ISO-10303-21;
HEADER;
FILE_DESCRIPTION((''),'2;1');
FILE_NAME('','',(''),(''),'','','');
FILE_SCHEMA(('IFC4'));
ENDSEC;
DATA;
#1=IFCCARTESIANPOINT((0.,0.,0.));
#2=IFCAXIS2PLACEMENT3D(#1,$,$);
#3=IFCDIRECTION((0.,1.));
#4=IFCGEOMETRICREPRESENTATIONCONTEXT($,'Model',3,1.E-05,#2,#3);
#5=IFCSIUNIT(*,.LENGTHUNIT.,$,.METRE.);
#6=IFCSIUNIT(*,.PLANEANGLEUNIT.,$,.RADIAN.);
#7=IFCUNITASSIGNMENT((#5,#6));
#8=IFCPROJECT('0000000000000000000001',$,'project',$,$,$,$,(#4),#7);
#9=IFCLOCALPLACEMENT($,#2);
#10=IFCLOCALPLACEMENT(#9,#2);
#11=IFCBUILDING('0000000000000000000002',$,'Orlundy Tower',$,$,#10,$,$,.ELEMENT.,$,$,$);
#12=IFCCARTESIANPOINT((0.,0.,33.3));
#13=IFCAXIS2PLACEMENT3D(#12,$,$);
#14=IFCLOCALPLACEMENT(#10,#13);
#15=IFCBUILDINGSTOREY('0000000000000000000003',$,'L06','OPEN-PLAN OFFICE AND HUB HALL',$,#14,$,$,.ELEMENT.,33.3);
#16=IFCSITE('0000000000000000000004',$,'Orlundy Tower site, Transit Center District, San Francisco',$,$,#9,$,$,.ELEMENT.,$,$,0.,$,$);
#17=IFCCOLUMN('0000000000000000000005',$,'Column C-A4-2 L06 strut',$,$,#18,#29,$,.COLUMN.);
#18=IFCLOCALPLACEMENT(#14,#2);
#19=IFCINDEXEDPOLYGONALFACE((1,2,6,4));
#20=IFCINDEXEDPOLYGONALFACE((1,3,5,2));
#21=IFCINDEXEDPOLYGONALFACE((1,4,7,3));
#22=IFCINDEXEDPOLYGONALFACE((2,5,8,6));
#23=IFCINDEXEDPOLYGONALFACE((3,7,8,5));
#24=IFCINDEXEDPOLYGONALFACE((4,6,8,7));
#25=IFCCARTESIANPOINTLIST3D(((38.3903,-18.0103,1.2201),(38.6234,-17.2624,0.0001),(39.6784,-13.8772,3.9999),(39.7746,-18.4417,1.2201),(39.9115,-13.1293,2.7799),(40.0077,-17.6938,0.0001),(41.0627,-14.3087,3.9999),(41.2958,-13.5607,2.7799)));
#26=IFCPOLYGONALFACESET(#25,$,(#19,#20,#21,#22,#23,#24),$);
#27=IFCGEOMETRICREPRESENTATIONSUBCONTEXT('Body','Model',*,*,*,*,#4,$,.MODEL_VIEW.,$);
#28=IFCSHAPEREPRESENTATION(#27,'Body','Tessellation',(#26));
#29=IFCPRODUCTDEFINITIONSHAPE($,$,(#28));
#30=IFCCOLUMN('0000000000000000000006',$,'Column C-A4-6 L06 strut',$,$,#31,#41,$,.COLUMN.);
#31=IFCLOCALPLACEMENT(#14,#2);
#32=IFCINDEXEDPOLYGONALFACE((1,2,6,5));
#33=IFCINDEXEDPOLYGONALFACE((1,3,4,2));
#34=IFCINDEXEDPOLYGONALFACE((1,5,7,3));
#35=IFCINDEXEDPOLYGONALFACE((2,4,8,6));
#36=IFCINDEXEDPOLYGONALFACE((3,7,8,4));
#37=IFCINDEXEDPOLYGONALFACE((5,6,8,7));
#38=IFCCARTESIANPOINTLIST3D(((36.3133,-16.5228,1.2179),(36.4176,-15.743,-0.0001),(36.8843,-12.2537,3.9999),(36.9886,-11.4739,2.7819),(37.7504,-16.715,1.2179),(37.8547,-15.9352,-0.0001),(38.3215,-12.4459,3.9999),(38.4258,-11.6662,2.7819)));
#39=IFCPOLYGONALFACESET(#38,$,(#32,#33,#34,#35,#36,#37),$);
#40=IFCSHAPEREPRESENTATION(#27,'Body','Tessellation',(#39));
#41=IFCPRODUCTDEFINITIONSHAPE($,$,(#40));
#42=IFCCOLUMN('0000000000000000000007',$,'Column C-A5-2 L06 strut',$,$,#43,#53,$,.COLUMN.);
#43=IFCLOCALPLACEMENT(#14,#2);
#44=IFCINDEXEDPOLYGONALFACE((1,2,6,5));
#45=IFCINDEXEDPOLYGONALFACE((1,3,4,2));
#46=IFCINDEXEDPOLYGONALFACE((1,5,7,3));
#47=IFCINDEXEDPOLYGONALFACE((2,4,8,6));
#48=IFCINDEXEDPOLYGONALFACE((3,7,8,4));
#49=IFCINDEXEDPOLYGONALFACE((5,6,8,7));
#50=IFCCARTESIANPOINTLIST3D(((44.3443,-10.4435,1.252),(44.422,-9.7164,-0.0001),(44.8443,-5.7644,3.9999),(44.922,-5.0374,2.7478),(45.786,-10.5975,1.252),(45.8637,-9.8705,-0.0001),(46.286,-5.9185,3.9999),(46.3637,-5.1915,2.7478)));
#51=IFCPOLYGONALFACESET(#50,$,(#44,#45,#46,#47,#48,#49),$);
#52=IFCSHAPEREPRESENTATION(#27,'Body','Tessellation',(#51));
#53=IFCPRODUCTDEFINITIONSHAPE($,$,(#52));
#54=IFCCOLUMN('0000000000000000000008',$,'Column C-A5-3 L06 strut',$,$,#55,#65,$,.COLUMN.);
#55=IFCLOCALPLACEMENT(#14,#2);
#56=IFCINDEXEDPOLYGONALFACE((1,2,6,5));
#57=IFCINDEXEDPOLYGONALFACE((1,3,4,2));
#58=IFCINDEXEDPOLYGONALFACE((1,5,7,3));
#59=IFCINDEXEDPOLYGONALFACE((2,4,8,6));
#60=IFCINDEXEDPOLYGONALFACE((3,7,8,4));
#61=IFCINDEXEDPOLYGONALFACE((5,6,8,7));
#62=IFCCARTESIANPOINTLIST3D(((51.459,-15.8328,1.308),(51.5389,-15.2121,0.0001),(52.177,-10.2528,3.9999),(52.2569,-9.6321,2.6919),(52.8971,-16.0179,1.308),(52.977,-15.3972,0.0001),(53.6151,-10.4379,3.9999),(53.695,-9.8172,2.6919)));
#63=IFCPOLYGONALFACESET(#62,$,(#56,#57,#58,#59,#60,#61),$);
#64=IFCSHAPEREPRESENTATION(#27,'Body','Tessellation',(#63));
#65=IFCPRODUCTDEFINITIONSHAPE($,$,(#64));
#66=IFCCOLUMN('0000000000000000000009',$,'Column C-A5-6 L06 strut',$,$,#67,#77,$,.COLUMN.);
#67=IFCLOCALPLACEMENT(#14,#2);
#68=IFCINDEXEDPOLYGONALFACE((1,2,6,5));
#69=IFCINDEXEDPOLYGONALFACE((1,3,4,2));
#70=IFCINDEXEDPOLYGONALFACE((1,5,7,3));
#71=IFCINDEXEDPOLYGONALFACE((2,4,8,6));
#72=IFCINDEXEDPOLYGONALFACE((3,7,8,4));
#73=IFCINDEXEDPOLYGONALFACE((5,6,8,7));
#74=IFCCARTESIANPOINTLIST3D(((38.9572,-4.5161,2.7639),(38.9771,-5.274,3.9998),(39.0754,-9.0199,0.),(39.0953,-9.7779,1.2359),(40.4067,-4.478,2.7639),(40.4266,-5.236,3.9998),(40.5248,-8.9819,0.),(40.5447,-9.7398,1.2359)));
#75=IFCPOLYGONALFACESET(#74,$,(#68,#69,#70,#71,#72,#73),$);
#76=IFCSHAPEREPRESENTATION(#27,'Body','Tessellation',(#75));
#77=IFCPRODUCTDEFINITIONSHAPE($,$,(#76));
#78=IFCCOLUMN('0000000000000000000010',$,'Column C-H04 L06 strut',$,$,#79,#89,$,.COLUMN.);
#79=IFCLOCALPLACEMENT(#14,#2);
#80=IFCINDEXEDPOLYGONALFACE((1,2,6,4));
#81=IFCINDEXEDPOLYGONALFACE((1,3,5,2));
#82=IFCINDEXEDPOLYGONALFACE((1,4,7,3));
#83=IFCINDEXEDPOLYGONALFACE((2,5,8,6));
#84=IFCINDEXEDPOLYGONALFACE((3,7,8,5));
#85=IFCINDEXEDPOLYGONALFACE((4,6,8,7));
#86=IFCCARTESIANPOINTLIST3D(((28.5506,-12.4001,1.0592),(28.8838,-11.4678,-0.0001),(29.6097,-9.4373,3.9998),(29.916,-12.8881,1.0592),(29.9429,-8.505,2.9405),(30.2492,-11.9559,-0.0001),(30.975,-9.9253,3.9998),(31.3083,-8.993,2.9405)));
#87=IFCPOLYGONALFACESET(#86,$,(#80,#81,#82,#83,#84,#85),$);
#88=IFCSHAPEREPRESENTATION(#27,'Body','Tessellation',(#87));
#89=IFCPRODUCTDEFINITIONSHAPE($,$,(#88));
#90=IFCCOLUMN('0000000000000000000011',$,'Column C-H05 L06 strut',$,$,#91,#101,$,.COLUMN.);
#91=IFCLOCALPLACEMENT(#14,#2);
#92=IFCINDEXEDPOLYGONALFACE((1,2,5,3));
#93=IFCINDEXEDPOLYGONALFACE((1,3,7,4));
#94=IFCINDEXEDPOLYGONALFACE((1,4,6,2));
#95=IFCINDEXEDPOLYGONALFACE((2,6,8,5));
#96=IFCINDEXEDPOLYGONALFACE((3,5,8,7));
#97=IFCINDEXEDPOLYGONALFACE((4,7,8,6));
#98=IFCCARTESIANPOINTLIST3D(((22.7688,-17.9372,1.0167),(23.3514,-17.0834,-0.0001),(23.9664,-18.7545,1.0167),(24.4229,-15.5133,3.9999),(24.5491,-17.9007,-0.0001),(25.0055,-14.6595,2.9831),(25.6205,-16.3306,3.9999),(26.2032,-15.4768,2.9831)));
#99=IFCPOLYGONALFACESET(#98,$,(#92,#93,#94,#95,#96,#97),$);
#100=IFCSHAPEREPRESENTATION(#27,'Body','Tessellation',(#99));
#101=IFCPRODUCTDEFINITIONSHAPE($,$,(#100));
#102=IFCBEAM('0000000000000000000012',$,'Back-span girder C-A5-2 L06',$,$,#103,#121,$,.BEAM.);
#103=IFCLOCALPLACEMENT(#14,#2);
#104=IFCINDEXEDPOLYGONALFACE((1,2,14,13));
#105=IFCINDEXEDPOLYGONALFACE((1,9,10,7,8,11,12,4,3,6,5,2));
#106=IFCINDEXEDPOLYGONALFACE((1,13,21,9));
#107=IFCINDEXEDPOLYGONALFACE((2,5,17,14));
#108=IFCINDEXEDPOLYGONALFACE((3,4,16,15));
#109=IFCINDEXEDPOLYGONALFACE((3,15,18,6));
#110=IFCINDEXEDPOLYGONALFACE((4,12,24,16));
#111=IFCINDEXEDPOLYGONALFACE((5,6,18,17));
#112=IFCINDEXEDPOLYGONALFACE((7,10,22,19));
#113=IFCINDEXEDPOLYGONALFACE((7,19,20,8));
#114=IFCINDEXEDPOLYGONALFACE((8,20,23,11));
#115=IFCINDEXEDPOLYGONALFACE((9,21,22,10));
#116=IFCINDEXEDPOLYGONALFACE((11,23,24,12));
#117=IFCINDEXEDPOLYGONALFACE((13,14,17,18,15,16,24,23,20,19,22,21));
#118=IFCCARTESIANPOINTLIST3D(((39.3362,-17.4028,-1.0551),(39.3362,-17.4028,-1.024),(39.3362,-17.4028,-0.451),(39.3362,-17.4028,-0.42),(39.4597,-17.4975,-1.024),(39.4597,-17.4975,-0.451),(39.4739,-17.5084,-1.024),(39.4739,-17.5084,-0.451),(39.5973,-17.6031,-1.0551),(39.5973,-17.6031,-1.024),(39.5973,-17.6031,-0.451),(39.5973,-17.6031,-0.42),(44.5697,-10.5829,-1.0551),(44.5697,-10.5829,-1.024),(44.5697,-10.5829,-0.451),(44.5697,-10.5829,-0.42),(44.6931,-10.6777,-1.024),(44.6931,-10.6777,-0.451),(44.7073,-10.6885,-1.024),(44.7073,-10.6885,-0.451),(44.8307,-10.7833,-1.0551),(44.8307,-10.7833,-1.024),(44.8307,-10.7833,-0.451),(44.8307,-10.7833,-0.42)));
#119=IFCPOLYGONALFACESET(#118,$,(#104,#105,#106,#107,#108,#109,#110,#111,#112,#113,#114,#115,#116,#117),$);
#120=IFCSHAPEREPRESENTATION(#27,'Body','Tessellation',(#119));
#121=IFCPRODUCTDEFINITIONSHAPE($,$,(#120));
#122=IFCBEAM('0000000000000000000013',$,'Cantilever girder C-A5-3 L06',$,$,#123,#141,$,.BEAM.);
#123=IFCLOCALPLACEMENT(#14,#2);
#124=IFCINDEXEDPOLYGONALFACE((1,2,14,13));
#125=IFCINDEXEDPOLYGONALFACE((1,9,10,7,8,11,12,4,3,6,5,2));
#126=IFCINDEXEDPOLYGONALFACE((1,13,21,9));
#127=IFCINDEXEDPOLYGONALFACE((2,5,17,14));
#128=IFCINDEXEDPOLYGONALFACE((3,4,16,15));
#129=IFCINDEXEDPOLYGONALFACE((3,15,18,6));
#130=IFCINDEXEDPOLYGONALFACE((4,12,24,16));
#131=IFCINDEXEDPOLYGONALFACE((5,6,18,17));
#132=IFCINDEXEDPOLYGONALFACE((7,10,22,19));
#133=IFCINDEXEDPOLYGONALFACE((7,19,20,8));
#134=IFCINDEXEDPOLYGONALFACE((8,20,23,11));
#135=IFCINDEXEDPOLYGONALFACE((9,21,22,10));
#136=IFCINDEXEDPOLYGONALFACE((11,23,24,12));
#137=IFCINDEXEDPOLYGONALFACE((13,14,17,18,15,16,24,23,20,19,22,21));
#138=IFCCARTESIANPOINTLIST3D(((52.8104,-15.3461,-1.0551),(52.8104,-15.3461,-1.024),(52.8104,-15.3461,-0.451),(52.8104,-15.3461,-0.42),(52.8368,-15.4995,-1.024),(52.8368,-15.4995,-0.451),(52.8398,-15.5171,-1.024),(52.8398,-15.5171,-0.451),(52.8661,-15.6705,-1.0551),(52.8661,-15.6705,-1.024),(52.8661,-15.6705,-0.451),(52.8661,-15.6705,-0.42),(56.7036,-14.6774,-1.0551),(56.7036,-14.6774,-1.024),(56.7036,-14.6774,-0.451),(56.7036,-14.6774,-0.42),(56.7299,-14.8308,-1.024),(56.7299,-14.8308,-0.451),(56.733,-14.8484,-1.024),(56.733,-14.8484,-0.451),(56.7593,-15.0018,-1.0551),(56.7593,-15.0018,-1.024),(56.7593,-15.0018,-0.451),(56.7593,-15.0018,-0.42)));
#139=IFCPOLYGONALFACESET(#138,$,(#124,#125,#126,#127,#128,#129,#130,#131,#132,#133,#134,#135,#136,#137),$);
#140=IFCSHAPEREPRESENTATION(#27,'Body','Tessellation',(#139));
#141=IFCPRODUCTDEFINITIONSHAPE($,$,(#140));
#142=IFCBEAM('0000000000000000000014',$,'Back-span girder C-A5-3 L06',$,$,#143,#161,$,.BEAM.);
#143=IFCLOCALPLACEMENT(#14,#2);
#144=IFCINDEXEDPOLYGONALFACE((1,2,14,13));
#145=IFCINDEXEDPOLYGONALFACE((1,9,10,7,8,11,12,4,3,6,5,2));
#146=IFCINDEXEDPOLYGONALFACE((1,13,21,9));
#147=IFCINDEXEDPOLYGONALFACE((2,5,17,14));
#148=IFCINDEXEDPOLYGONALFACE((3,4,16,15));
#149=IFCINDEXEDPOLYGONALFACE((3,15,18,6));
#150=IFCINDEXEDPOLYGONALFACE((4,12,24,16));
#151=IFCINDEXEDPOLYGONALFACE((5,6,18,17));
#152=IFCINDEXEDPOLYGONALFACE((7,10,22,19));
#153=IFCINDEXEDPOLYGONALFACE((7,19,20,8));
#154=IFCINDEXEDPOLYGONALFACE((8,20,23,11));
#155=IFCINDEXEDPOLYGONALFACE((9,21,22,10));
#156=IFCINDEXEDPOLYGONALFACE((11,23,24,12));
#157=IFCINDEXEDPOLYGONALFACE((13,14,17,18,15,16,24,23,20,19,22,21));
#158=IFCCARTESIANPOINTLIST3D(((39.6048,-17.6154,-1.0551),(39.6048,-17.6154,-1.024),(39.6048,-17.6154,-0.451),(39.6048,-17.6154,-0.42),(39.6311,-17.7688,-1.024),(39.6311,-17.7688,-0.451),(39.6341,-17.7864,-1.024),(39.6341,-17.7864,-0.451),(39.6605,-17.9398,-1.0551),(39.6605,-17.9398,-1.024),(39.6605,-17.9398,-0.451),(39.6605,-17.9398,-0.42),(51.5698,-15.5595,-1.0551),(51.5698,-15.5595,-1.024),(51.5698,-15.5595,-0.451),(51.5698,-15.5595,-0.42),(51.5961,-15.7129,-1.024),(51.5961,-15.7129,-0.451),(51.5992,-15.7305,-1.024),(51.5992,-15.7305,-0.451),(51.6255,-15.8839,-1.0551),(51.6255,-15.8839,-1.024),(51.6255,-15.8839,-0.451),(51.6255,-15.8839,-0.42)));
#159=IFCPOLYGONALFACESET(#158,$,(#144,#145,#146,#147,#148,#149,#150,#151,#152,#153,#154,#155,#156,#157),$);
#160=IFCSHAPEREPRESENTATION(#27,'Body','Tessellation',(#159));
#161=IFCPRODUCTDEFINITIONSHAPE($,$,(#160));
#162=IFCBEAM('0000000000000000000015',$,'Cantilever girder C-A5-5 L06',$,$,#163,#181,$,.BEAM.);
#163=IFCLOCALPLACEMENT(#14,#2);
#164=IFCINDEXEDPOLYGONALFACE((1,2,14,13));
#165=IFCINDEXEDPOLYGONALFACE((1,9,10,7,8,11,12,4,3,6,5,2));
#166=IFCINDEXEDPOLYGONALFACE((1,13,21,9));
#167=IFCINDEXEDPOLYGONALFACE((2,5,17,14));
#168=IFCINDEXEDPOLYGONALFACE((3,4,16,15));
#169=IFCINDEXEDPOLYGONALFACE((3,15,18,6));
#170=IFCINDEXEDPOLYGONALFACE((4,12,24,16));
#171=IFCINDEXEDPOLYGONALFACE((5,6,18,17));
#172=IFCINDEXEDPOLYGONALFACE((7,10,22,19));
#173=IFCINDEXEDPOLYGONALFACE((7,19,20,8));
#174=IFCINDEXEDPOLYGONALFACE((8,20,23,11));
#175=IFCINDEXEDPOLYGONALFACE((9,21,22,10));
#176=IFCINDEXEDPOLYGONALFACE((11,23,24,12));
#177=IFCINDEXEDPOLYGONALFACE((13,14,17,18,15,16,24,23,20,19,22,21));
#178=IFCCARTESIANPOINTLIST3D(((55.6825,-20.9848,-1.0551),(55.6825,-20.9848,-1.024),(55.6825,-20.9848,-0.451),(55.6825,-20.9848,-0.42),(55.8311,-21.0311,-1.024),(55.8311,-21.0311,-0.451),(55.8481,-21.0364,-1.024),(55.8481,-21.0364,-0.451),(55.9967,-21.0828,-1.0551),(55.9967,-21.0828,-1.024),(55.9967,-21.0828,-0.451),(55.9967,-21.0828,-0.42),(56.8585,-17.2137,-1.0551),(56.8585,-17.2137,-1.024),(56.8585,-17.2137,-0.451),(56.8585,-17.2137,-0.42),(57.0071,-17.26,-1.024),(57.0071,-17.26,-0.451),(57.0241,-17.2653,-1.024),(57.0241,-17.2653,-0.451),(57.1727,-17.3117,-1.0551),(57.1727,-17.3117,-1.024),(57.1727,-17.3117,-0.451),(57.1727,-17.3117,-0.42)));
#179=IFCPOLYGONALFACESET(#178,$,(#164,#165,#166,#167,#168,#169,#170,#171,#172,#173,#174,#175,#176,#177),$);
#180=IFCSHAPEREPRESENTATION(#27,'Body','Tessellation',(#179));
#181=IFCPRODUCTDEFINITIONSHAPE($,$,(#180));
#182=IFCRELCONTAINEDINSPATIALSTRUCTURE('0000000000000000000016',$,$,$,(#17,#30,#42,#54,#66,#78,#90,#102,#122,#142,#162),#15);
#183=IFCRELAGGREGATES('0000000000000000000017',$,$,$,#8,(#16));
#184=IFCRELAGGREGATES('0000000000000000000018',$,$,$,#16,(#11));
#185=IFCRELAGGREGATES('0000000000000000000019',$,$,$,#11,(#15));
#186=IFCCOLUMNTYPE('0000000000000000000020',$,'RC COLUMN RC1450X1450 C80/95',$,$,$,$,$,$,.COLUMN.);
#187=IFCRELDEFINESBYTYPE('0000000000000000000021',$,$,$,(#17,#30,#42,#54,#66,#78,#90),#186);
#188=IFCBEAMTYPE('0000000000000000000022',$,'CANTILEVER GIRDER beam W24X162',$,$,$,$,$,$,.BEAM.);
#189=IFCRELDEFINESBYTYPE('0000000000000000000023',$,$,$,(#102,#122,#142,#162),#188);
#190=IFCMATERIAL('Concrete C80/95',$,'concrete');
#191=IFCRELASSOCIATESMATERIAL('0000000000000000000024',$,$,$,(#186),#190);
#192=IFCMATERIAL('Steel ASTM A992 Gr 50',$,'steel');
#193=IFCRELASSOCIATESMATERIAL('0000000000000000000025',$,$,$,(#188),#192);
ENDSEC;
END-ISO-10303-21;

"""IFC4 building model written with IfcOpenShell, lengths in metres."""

from ifc_helpers import new_model, si_unit, direction, frame, origin, origin_2d, place, context, subcontext, project, spatial, rectangle, i_section, extrude, material, material_profile, profile_set, type_object, element, save


model = new_model("IFC4")

# Units and contexts
model_context = context("Model", 3, precision=1e-05, world=origin(), true_north=direction((0.0, 1.0)))
body_context = subcontext(model_context, "Body", "Model", "MODEL_VIEW")
ifc_project = project(units=[si_unit("LENGTHUNIT", "METRE"), si_unit("PLANEANGLEUNIT", "RADIAN")], contexts=[model_context])

# Site, building, storey
site_placement = place(None, origin())
site = spatial("IfcSite", under=ifc_project, at=site_placement, Name="Orlundy Tower site, Transit Center District, San Francisco", CompositionType="ELEMENT", RefElevation=0.0)
building_placement = place(site_placement, origin())
building = spatial("IfcBuilding", under=site, at=building_placement, Name="Orlundy Tower", CompositionType="ELEMENT")
storey_placement = place(building_placement, frame((0.0, 0.0, 33.3)))
storey = spatial("IfcBuildingStorey", under=building, at=storey_placement, Name="L06", Description="OPEN-PLAN OFFICE AND HUB HALL", CompositionType="ELEMENT", Elevation=33.3)

# Columns
ifc_material_1 = material(Name="Concrete C80/95", Category="concrete")
ifc_material_profile_1 = material_profile(ifc_material_1, rectangle(XDim=1.45, YDim=1.45, at=origin_2d()), Name="RC1450X1450")
ifc_profile_set_1 = profile_set([ifc_material_profile_1], Name="Concrete C80/95")
column_type = type_object("IfcColumnType", Name="RC COLUMN RC1450X1450 C80/95", PredefinedType="COLUMN", material=ifc_profile_set_1)
column_1_placement = place(storey_placement, frame((39.199, -17.8521, 0.6101), z_axis=(0.250369, 0.803353, 0.540314), x_axis=(-0.954709, 0.29754, 0.0)))
element("IfcColumn", 1, at=column_1_placement, inside=storey, type_object=column_type, Name="Column C-A4-2 L06 strut", PredefinedType="COLUMN", context=body_context, shape_type="SweptSolid", body=[
    extrude(rectangle(XDim=1.45, YDim=1.45, at=origin_2d()), origin(), (0.0, 0.0, 1.0), 5.1448),
])
column_2_placement = place(storey_placement, frame((37.084, -16.229, 0.6089), z_axis=(0.111371, 0.832594, 0.542572), x_axis=(-0.991172, 0.132583, 0.0)))
element("IfcColumn", 2, at=column_2_placement, inside=storey, type_object=column_type, Name="Column C-A4-6 L06 strut", PredefinedType="COLUMN", context=body_context, shape_type="SweptSolid", body=[
    extrude(rectangle(XDim=1.45, YDim=1.45, at=origin_2d()), origin(), (0.0, 0.0, 1.0), 5.1274),
])
column_3_placement = place(storey_placement, frame((45.104, -10.157, 0.626), z_axis=(0.091758, 0.858661, 0.504264), x_axis=(-0.994339, 0.106256, 0.0)))
element("IfcColumn", 3, at=column_3_placement, inside=storey, type_object=column_type, Name="Column C-A5-2 L06 strut", PredefinedType="COLUMN", context=body_context, shape_type="SweptSolid", body=[
    extrude(rectangle(XDim=1.45, YDim=1.45, at=origin_2d()), origin(), (0.0, 0.0, 1.0), 5.4492),
])
column_4_placement = place(storey_placement, frame((52.218, -15.615, 0.6541), z_axis=(0.115124, 0.894686, 0.431607), x_axis=(-0.991823, 0.127623, 0.0)))
element("IfcColumn", 4, at=column_4_placement, inside=storey, type_object=column_type, Name="Column C-A5-3 L06 strut", PredefinedType="COLUMN", context=body_context, shape_type="SweptSolid", body=[
    extrude(rectangle(XDim=1.45, YDim=1.45, at=origin_2d()), origin(), (0.0, 0.0, 1.0), 6.2368),
])
column_5_placement = place(storey_placement, frame((39.8101, -9.3799, 0.6179), z_axis=(-0.022356, 0.852097, 0.522907), x_axis=(-0.999656, -0.026227, 0.0)))
element("IfcColumn", 5, at=column_5_placement, inside=storey, type_object=column_type, Name="Column C-A5-6 L06 strut", PredefinedType="COLUMN", context=body_context, shape_type="SweptSolid", body=[
    extrude(rectangle(XDim=1.45, YDim=1.45, at=origin_2d()), origin(), (0.0, 0.0, 1.0), 5.2856),
])
column_6_placement = place(storey_placement, frame((29.3999, -12.178, 0.5295), z_axis=(0.245913, 0.687967, 0.682809), x_axis=(-0.941651, 0.336592, 0.0)))
element("IfcColumn", 6, at=column_6_placement, inside=storey, type_object=column_type, Name="Column C-H04 L06 strut", PredefinedType="COLUMN", context=body_context, shape_type="SweptSolid", body=[
    extrude(rectangle(XDim=1.45, YDim=1.45, at=origin_2d()), origin(), (0.0, 0.0, 1.0), 4.3066),
])
column_7_placement = place(storey_placement, frame((23.6589, -17.9189, 0.5083), z_axis=(0.395281, 0.57924, 0.712906), x_axis=(-0.825998, 0.563672, 0.0)))
element("IfcColumn", 7, at=column_7_placement, inside=storey, type_object=column_type, Name="Column C-H05 L06 strut", PredefinedType="COLUMN", context=body_context, shape_type="SweptSolid", body=[
    extrude(rectangle(XDim=1.45, YDim=1.45, at=origin_2d()), origin(), (0.0, 0.0, 1.0), 4.1846),
])

# Beams
ifc_material_2 = material(Name="Steel ASTM A992 Gr 50", Category="steel")
ifc_material_profile_2 = material_profile(ifc_material_2, i_section(OverallWidth=0.3291, OverallDepth=0.635, WebThickness=0.0178, FlangeThickness=0.031, at=origin_2d()), Name="W24X162")
ifc_profile_set_2 = profile_set([ifc_material_profile_2], Name="Steel ASTM A992 Gr 50")
beam_type = type_object("IfcBeamType", Name="CANTILEVER GIRDER beam W24X162", PredefinedType="BEAM", material=ifc_profile_set_2)
beam_1_placement = place(storey_placement, frame((44.7002, -10.6831, -0.7375), z_axis=(-0.608788, -0.793333, 0.0), x_axis=(0.793333, -0.608788, 0.0)))
element("IfcBeam", 8, at=beam_1_placement, inside=storey, type_object=beam_type, Name="Back-span girder C-A5-2 L06", PredefinedType="BEAM", context=body_context, shape_type="SweptSolid", body=[
    extrude(i_section(OverallWidth=0.3291, OverallDepth=0.635, WebThickness=0.0178, FlangeThickness=0.031, at=origin_2d()), origin(), (0.0, 0.0, 1.0), 8.5964),
])
beam_2_placement = place(storey_placement, frame((56.7314, -14.8396, -0.7375), z_axis=(-0.985567, -0.169288, 0.0), x_axis=(0.169288, -0.985567, 0.0)))
element("IfcBeam", 9, at=beam_2_placement, inside=storey, type_object=beam_type, Name="Cantilever girder C-A5-3 L06", PredefinedType="BEAM", context=body_context, shape_type="SweptSolid", body=[
    extrude(i_section(OverallWidth=0.3291, OverallDepth=0.635, WebThickness=0.0178, FlangeThickness=0.031, at=origin_2d()), origin(), (0.0, 0.0, 1.0), 3.9502),
])
beam_3_placement = place(storey_placement, frame((51.5977, -15.7217, -0.7375), z_axis=(-0.985557, -0.169344, 0.0), x_axis=(0.169344, -0.985557, 0.0)))
element("IfcBeam", 10, at=beam_3_placement, inside=storey, type_object=beam_type, Name="Back-span girder C-A5-3 L06", PredefinedType="BEAM", context=body_context, shape_type="SweptSolid", body=[
    extrude(i_section(OverallWidth=0.3291, OverallDepth=0.635, WebThickness=0.0178, FlangeThickness=0.031, at=origin_2d()), origin(), (0.0, 0.0, 1.0), 12.1404),
])
beam_4_placement = place(storey_placement, frame((57.0156, -17.2627, -0.7375), z_axis=(-0.297719, -0.954654, 0.0), x_axis=(0.954654, -0.297719, 0.0)))
element("IfcBeam", 11, at=beam_4_placement, inside=storey, type_object=beam_type, Name="Cantilever girder C-A5-5 L06", PredefinedType="BEAM", context=body_context, shape_type="SweptSolid", body=[
    extrude(i_section(OverallWidth=0.3291, OverallDepth=0.635, WebThickness=0.0178, FlangeThickness=0.031, at=origin_2d()), origin(), (0.0, 0.0, 1.0), 3.9502),
])

save(model, "model.ifc")
